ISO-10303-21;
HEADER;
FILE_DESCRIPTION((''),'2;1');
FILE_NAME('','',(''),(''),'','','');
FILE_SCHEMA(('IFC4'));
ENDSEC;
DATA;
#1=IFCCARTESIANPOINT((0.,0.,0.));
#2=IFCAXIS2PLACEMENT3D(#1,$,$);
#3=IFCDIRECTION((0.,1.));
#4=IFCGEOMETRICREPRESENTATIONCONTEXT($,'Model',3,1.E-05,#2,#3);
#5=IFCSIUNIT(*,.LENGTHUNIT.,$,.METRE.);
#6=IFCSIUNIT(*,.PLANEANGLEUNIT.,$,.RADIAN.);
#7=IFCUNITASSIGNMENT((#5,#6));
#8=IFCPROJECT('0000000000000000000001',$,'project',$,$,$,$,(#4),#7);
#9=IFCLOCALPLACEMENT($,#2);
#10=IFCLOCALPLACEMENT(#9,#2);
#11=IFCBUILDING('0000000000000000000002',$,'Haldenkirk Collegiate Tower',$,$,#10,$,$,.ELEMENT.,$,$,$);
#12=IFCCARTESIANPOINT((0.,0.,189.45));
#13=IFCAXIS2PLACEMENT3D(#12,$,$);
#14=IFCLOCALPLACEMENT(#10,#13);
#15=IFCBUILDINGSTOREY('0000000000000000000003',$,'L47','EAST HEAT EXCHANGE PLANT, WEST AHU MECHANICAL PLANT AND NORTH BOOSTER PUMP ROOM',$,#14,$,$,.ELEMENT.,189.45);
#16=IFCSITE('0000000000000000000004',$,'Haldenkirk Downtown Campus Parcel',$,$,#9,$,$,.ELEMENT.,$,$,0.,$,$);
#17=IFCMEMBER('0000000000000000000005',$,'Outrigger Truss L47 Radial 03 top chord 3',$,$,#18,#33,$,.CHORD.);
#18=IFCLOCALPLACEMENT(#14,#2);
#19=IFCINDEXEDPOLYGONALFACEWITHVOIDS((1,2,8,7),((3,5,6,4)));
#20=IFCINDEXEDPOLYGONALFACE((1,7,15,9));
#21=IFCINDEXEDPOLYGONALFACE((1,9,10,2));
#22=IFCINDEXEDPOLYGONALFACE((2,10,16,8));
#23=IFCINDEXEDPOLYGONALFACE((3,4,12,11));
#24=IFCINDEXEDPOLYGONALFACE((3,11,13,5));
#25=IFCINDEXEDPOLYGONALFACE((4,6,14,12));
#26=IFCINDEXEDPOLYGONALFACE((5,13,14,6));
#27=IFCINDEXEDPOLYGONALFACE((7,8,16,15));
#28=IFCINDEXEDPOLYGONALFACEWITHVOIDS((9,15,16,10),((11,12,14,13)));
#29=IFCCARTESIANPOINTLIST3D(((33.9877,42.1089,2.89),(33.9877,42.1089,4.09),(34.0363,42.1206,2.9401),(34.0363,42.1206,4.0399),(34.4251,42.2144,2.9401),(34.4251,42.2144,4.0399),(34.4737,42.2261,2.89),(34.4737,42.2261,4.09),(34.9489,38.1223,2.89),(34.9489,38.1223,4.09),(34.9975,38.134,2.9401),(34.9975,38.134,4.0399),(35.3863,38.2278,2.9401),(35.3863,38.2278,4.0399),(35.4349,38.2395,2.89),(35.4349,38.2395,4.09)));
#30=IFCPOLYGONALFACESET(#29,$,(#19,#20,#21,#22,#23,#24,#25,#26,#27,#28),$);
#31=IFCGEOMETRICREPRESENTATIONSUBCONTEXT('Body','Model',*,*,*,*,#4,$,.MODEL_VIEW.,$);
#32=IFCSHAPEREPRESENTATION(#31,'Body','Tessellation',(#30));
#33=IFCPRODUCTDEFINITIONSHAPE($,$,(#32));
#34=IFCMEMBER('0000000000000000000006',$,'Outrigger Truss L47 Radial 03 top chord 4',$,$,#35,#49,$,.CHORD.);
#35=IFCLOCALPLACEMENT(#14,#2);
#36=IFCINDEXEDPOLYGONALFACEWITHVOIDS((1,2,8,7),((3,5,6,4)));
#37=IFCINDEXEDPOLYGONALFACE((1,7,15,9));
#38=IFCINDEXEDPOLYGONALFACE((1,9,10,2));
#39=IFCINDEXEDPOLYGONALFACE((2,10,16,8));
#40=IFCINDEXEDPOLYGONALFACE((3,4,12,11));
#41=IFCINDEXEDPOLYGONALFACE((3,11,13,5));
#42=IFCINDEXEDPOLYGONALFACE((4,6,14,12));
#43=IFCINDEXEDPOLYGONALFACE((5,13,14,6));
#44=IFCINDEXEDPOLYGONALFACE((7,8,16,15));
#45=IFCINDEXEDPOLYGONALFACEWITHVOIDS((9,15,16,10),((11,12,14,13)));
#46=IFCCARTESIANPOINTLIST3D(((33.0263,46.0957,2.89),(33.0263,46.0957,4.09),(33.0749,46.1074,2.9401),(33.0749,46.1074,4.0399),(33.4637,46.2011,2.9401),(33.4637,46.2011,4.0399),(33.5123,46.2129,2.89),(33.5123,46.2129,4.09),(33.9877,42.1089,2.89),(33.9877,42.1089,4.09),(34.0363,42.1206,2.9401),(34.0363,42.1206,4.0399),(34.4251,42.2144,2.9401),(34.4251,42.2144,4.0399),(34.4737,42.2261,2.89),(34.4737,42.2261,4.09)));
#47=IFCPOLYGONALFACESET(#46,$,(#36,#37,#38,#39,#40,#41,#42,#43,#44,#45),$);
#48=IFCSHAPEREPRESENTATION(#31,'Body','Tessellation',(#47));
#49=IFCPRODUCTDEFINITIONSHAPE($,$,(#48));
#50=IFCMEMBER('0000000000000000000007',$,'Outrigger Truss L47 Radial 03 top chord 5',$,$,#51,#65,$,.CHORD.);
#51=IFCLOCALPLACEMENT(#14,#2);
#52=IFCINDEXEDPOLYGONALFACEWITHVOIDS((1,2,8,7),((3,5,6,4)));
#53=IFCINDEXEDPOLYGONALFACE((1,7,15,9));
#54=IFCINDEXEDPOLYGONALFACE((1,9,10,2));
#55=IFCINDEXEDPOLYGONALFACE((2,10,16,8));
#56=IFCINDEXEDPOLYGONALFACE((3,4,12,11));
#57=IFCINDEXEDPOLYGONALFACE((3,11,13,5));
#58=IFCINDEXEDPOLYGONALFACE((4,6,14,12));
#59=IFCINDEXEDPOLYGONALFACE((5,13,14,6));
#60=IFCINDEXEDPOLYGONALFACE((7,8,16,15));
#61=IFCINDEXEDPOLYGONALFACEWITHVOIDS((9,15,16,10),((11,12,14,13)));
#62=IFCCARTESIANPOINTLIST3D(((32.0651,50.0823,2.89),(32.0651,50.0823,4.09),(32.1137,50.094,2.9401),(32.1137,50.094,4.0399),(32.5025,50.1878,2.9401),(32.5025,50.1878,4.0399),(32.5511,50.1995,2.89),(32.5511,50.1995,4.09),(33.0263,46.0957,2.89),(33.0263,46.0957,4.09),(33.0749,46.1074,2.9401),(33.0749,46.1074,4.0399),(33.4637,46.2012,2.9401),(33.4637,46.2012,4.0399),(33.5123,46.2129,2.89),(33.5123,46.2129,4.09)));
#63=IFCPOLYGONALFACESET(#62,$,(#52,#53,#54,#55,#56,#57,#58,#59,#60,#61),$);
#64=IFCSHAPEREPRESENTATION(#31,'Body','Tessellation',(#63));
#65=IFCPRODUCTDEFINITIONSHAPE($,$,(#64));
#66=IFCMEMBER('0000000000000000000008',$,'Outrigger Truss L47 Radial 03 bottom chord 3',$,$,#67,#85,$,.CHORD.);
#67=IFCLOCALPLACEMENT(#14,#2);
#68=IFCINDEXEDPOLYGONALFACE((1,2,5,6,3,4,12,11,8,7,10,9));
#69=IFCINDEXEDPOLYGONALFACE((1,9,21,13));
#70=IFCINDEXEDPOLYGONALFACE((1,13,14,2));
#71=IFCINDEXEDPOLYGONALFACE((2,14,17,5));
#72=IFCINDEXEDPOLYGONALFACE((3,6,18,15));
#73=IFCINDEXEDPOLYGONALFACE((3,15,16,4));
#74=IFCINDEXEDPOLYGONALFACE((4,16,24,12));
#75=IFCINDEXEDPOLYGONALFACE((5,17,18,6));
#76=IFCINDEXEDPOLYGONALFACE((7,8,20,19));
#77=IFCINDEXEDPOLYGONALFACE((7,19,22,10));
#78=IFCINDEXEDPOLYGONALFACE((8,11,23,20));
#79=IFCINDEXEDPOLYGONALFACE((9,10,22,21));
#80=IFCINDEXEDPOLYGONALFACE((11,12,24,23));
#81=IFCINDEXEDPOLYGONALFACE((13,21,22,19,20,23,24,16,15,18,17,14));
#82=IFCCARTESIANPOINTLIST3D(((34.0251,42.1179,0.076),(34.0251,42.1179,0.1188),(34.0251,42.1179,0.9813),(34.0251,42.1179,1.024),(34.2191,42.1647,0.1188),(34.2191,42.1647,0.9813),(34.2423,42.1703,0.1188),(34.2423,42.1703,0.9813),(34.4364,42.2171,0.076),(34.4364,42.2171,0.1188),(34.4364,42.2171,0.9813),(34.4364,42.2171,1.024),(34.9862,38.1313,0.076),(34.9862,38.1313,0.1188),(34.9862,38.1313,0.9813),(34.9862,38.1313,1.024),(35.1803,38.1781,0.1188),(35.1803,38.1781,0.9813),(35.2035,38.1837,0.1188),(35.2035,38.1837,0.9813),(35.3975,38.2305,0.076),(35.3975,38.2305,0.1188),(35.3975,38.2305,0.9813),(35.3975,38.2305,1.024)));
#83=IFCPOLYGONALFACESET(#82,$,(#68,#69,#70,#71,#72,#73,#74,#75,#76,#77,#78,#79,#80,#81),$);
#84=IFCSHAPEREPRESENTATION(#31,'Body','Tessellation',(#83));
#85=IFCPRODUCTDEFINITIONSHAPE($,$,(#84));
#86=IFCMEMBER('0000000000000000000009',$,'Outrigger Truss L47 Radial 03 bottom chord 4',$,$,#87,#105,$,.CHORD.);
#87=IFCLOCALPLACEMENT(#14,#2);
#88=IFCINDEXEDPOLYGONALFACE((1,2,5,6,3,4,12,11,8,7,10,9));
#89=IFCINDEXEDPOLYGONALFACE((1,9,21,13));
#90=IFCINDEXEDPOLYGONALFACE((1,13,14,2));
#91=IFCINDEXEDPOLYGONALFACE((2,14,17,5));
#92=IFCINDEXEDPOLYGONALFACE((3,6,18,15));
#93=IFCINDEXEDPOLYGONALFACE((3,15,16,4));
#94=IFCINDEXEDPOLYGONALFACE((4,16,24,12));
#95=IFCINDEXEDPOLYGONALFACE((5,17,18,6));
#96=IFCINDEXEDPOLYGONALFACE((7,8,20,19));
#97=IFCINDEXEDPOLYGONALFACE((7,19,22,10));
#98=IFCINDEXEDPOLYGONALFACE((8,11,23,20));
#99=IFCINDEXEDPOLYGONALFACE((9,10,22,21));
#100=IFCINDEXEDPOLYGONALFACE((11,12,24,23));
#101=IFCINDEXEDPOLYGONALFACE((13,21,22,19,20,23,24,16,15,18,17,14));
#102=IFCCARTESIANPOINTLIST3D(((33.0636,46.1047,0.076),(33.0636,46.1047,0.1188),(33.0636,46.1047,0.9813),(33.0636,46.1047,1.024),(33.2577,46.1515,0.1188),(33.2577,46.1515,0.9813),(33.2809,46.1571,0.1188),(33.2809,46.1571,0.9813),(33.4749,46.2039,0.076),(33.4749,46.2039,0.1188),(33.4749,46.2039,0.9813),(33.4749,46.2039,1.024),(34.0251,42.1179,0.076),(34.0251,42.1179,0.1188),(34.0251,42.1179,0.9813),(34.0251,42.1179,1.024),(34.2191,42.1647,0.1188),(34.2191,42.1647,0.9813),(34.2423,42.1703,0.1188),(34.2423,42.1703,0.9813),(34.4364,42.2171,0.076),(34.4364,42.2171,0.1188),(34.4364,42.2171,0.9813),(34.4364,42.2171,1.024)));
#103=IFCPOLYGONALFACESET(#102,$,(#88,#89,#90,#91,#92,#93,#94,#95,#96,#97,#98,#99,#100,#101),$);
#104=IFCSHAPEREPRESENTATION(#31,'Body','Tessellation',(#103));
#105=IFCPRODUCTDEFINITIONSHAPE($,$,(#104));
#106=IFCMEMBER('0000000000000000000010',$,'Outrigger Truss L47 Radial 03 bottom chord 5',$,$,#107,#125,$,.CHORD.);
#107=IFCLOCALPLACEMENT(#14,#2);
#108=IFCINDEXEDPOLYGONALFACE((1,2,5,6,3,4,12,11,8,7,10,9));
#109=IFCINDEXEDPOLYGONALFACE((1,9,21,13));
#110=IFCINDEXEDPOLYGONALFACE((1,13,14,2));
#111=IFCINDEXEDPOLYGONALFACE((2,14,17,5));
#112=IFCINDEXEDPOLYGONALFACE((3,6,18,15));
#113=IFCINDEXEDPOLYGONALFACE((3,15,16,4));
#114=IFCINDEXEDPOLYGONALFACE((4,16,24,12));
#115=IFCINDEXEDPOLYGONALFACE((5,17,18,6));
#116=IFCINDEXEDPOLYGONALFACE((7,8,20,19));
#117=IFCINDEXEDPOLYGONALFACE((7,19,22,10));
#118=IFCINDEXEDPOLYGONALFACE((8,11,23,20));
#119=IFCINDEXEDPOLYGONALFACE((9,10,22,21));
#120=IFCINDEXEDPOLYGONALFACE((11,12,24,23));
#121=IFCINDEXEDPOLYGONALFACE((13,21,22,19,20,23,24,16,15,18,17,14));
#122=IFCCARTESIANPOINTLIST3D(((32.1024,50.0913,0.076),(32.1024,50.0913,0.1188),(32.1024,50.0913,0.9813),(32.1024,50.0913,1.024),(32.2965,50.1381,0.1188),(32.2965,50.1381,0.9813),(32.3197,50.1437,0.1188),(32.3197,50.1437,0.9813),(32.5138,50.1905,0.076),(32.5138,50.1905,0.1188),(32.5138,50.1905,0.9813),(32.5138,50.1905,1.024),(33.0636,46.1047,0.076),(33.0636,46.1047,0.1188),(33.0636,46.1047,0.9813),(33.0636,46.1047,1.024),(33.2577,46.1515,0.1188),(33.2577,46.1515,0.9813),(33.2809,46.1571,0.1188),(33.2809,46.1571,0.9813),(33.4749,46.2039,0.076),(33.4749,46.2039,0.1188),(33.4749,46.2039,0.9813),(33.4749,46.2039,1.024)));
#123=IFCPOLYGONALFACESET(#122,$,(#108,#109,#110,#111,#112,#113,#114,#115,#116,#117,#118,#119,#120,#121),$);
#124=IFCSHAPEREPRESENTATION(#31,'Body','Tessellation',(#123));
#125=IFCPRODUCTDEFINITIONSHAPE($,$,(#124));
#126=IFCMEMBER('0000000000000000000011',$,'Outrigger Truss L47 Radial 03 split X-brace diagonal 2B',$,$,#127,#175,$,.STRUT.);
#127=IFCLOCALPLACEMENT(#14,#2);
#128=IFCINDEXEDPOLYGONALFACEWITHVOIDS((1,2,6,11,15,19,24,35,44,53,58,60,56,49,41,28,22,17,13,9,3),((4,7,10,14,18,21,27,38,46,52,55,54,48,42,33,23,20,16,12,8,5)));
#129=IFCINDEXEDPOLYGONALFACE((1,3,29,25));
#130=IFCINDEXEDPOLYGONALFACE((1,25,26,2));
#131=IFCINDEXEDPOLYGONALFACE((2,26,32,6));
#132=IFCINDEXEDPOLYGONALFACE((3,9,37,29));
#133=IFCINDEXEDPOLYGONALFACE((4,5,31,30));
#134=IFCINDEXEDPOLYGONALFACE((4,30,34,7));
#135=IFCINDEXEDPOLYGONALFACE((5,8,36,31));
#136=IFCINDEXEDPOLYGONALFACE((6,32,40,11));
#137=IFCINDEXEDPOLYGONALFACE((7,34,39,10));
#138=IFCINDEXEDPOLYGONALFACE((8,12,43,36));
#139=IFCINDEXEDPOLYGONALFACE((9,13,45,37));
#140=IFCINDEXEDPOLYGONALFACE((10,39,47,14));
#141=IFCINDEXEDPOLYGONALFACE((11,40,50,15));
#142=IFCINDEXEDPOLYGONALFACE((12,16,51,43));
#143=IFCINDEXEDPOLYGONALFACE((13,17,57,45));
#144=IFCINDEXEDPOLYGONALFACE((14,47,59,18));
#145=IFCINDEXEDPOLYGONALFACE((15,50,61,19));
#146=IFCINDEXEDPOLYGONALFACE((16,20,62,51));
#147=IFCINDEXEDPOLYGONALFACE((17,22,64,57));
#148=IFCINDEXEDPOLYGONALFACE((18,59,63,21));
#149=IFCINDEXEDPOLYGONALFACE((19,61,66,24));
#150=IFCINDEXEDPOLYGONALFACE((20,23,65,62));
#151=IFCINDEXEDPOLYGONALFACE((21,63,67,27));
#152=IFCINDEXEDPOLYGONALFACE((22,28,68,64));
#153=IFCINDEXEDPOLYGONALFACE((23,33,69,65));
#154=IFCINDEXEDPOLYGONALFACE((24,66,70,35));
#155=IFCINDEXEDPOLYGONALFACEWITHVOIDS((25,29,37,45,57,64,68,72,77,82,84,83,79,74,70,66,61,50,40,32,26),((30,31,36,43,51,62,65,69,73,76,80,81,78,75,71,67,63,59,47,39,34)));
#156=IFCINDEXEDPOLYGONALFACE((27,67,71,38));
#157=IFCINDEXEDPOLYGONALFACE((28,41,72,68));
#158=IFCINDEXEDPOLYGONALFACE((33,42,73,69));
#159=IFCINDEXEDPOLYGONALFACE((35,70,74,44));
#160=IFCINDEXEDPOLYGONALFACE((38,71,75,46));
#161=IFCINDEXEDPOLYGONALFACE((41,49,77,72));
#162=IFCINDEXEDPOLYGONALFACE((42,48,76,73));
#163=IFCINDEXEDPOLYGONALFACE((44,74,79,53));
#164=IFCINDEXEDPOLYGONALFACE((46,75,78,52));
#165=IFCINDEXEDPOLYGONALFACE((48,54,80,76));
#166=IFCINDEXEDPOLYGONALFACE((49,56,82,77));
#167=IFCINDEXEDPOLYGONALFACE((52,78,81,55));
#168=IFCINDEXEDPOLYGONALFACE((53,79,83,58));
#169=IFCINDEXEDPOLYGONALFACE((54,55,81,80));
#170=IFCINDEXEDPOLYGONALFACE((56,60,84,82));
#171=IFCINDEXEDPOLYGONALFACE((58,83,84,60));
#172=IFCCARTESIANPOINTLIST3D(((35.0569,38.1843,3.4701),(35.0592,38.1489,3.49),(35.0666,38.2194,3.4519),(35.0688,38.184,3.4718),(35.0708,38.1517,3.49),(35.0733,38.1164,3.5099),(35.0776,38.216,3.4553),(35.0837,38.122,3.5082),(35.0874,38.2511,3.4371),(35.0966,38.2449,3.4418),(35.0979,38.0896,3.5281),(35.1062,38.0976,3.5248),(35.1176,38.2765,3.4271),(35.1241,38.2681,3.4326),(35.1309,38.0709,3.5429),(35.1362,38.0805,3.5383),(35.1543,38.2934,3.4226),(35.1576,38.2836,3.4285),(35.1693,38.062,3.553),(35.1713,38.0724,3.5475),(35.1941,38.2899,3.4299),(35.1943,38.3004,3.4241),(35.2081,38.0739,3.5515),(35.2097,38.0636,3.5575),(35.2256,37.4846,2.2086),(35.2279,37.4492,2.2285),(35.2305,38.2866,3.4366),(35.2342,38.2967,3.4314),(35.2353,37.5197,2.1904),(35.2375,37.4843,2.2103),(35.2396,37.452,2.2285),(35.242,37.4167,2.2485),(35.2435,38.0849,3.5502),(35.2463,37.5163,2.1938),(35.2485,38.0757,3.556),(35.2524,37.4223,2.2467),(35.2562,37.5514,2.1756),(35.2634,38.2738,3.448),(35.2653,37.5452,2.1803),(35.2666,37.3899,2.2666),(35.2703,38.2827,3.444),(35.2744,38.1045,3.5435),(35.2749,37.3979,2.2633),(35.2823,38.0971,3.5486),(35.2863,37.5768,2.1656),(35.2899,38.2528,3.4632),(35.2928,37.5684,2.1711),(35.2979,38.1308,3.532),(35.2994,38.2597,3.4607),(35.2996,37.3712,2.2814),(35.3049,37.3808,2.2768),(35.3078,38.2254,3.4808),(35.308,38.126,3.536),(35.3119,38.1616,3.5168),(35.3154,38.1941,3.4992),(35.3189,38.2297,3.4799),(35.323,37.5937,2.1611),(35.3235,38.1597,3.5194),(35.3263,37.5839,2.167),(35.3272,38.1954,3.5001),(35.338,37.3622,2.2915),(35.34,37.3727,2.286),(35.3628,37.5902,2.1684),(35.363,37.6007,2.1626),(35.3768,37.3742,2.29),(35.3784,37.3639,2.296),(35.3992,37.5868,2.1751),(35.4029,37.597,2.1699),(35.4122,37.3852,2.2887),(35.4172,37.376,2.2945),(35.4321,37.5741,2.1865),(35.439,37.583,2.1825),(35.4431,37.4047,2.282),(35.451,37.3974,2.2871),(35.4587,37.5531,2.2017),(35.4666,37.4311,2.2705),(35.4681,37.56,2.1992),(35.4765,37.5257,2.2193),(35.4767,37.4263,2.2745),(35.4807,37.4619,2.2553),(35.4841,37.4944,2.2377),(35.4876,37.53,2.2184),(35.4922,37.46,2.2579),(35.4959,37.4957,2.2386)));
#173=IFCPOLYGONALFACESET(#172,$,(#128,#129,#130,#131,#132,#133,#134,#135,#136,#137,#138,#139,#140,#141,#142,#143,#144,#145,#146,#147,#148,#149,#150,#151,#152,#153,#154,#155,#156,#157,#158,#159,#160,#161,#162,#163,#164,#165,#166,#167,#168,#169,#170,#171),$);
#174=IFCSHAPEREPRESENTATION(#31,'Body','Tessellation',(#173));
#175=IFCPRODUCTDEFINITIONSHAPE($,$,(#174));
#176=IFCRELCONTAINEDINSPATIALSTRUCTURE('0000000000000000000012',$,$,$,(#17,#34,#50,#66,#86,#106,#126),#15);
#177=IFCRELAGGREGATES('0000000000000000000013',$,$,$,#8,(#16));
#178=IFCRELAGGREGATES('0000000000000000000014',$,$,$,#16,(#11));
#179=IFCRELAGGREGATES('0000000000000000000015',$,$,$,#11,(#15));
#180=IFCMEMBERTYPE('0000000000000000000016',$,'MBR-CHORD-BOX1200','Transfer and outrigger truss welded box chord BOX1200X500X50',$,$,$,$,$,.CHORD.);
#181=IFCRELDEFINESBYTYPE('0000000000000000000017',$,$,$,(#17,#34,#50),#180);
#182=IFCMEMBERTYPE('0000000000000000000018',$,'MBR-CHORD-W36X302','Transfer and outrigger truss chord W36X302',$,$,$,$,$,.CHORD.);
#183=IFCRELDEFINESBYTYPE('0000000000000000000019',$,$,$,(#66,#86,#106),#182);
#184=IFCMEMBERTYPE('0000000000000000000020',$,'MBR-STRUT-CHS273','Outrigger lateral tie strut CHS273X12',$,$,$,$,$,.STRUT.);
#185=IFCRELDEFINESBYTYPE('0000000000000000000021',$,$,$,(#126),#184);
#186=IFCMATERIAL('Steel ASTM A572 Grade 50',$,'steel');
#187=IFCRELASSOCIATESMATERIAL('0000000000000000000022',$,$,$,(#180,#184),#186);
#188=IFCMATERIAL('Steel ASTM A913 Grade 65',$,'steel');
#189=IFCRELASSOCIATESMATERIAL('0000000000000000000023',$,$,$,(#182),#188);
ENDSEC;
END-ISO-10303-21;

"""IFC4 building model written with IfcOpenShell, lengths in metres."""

from ifc_helpers import new_model, si_unit, direction, frame, origin, origin_2d, place, context, subcontext, project, spatial, hollow_rectangle, hollow_circle, i_section, extrude, material, material_profile, profile_set, type_object, element, save


model = new_model("IFC4")

# Units and contexts
model_context = context("Model", 3, precision=1e-05, world=origin(), true_north=direction((0.0, 1.0)))
body_context = subcontext(model_context, "Body", "Model", "MODEL_VIEW")
ifc_project = project(units=[si_unit("LENGTHUNIT", "METRE"), si_unit("PLANEANGLEUNIT", "RADIAN")], contexts=[model_context])

# Site, building, storey
site_placement = place(None, origin())
site = spatial("IfcSite", under=ifc_project, at=site_placement, Name="Haldenkirk Downtown Campus Parcel", CompositionType="ELEMENT", RefElevation=0.0)
building_placement = place(site_placement, origin())
building = spatial("IfcBuilding", under=site, at=building_placement, Name="Haldenkirk Collegiate Tower", CompositionType="ELEMENT")
storey_placement = place(building_placement, frame((0.0, 0.0, 189.45)))
storey = spatial("IfcBuildingStorey", under=building, at=storey_placement, Name="L47", Description="EAST HEAT EXCHANGE PLANT, WEST AHU MECHANICAL PLANT AND NORTH BOOSTER PUMP ROOM", CompositionType="ELEMENT", Elevation=189.45)

# Members
ifc_material_1 = material(Name="Steel ASTM A572 Grade 50", Category="steel")
ifc_material_profile_1 = material_profile(ifc_material_1, hollow_rectangle(XDim=0.5, YDim=1.2, WallThickness=0.05, at=origin_2d()), Name="BOX1200X500X50")
ifc_profile_set_1 = profile_set([ifc_material_profile_1], Name="Steel ASTM A572 Grade 50")
member_type_1 = type_object("IfcMemberType", Name="MBR-CHORD-BOX1200", Description="Transfer and outrigger truss welded box chord BOX1200X500X50", PredefinedType="CHORD", material=ifc_profile_set_1)
member_1_placement = place(storey_placement, frame((35.1919, 38.1809, 3.49), z_axis=(-0.234388, 0.972143, 0.0), x_axis=(-0.972143, -0.234388, 0.0)))
element("IfcMember", 1, at=member_1_placement, inside=storey, type_object=member_type_1, Name="Outrigger Truss L47 Radial 03 top chord 3", PredefinedType="CHORD", context=body_context, shape_type="SweptSolid", body=[
    extrude(hollow_rectangle(XDim=0.5, YDim=1.2, WallThickness=0.05, at=origin_2d()), origin(), (0.0, 0.0, 1.0), 4.1008),
])
member_2_placement = place(storey_placement, frame((34.2307, 42.1675, 3.49), z_axis=(-0.234431, 0.972133, 0.0), x_axis=(-0.972133, -0.234431, 0.0)))
element("IfcMember", 2, at=member_2_placement, inside=storey, type_object=member_type_1, Name="Outrigger Truss L47 Radial 03 top chord 4", PredefinedType="CHORD", context=body_context, shape_type="SweptSolid", body=[
    extrude(hollow_rectangle(XDim=0.5, YDim=1.2, WallThickness=0.05, at=origin_2d()), origin(), (0.0, 0.0, 1.0), 4.1011),
])
member_3_placement = place(storey_placement, frame((33.2693, 46.1543, 3.49), z_axis=(-0.234388, 0.972143, 0.0), x_axis=(-0.972143, -0.234388, 0.0)))
element("IfcMember", 3, at=member_3_placement, inside=storey, type_object=member_type_1, Name="Outrigger Truss L47 Radial 03 top chord 5", PredefinedType="CHORD", context=body_context, shape_type="SweptSolid", body=[
    extrude(hollow_rectangle(XDim=0.5, YDim=1.2, WallThickness=0.05, at=origin_2d()), origin(), (0.0, 0.0, 1.0), 4.1008),
])
ifc_material_2 = material(Name="Steel ASTM A913 Grade 65", Category="steel")
ifc_material_profile_2 = material_profile(ifc_material_2, i_section(OverallWidth=0.4231, OverallDepth=0.948, WebThickness=0.0239, FlangeThickness=0.0427, at=origin_2d()), Name="W36X302")
ifc_profile_set_2 = profile_set([ifc_material_profile_2], Name="Steel ASTM A913 Grade 65")
member_type_2 = type_object("IfcMemberType", Name="MBR-CHORD-W36X302", Description="Transfer and outrigger truss chord W36X302", PredefinedType="CHORD", material=ifc_profile_set_2)
member_4_placement = place(storey_placement, frame((35.1919, 38.1809, 0.55), z_axis=(-0.234388, 0.972143, 0.0), x_axis=(-0.972143, -0.234388, 0.0)))
element("IfcMember", 4, at=member_4_placement, inside=storey, type_object=member_type_2, Name="Outrigger Truss L47 Radial 03 bottom chord 3", PredefinedType="CHORD", context=body_context, shape_type="SweptSolid", body=[
    extrude(i_section(OverallWidth=0.4231, OverallDepth=0.948, WebThickness=0.0239, FlangeThickness=0.0427, at=origin_2d()), origin(), (0.0, 0.0, 1.0), 4.1008),
])
member_5_placement = place(storey_placement, frame((34.2307, 42.1675, 0.55), z_axis=(-0.234431, 0.972133, 0.0), x_axis=(-0.972133, -0.234431, 0.0)))
element("IfcMember", 5, at=member_5_placement, inside=storey, type_object=member_type_2, Name="Outrigger Truss L47 Radial 03 bottom chord 4", PredefinedType="CHORD", context=body_context, shape_type="SweptSolid", body=[
    extrude(i_section(OverallWidth=0.4231, OverallDepth=0.948, WebThickness=0.0239, FlangeThickness=0.0427, at=origin_2d()), origin(), (0.0, 0.0, 1.0), 4.1011),
])
member_6_placement = place(storey_placement, frame((33.2693, 46.1543, 0.55), z_axis=(-0.234388, 0.972143, 0.0), x_axis=(-0.972143, -0.234388, 0.0)))
element("IfcMember", 6, at=member_6_placement, inside=storey, type_object=member_type_2, Name="Outrigger Truss L47 Radial 03 bottom chord 5", PredefinedType="CHORD", context=body_context, shape_type="SweptSolid", body=[
    extrude(i_section(OverallWidth=0.4231, OverallDepth=0.948, WebThickness=0.0239, FlangeThickness=0.0427, at=origin_2d()), origin(), (0.0, 0.0, 1.0), 4.1008),
])
ifc_material_profile_3 = material_profile(ifc_material_1, hollow_circle(Radius=0.1365, WallThickness=0.012, at=origin_2d()), Name="CHS273X12")
ifc_profile_set_3 = profile_set([ifc_material_profile_3], Name="Steel ASTM A572 Grade 50")
member_type_3 = type_object("IfcMemberType", Name="MBR-STRUT-CHS273", Description="Outrigger lateral tie strut CHS273X12", PredefinedType="STRUT", material=ifc_profile_set_3)
member_7_placement = place(storey_placement, frame((35.3606, 37.4812, 2.2285), z_axis=(-0.116156, 0.48177, 0.868565), x_axis=(-0.972144, -0.234386, 0.0)))
element("IfcMember", 7, at=member_7_placement, inside=storey, type_object=member_type_3, Name="Outrigger Truss L47 Radial 03 split X-brace diagonal 2B", PredefinedType="STRUT", context=body_context, shape_type="SweptSolid", body=[
    extrude(hollow_circle(Radius=0.1365, WallThickness=0.012, at=origin_2d()), origin(), (0.0, 0.0, 1.0), 1.4524),
])

save(model, "model.ifc")
